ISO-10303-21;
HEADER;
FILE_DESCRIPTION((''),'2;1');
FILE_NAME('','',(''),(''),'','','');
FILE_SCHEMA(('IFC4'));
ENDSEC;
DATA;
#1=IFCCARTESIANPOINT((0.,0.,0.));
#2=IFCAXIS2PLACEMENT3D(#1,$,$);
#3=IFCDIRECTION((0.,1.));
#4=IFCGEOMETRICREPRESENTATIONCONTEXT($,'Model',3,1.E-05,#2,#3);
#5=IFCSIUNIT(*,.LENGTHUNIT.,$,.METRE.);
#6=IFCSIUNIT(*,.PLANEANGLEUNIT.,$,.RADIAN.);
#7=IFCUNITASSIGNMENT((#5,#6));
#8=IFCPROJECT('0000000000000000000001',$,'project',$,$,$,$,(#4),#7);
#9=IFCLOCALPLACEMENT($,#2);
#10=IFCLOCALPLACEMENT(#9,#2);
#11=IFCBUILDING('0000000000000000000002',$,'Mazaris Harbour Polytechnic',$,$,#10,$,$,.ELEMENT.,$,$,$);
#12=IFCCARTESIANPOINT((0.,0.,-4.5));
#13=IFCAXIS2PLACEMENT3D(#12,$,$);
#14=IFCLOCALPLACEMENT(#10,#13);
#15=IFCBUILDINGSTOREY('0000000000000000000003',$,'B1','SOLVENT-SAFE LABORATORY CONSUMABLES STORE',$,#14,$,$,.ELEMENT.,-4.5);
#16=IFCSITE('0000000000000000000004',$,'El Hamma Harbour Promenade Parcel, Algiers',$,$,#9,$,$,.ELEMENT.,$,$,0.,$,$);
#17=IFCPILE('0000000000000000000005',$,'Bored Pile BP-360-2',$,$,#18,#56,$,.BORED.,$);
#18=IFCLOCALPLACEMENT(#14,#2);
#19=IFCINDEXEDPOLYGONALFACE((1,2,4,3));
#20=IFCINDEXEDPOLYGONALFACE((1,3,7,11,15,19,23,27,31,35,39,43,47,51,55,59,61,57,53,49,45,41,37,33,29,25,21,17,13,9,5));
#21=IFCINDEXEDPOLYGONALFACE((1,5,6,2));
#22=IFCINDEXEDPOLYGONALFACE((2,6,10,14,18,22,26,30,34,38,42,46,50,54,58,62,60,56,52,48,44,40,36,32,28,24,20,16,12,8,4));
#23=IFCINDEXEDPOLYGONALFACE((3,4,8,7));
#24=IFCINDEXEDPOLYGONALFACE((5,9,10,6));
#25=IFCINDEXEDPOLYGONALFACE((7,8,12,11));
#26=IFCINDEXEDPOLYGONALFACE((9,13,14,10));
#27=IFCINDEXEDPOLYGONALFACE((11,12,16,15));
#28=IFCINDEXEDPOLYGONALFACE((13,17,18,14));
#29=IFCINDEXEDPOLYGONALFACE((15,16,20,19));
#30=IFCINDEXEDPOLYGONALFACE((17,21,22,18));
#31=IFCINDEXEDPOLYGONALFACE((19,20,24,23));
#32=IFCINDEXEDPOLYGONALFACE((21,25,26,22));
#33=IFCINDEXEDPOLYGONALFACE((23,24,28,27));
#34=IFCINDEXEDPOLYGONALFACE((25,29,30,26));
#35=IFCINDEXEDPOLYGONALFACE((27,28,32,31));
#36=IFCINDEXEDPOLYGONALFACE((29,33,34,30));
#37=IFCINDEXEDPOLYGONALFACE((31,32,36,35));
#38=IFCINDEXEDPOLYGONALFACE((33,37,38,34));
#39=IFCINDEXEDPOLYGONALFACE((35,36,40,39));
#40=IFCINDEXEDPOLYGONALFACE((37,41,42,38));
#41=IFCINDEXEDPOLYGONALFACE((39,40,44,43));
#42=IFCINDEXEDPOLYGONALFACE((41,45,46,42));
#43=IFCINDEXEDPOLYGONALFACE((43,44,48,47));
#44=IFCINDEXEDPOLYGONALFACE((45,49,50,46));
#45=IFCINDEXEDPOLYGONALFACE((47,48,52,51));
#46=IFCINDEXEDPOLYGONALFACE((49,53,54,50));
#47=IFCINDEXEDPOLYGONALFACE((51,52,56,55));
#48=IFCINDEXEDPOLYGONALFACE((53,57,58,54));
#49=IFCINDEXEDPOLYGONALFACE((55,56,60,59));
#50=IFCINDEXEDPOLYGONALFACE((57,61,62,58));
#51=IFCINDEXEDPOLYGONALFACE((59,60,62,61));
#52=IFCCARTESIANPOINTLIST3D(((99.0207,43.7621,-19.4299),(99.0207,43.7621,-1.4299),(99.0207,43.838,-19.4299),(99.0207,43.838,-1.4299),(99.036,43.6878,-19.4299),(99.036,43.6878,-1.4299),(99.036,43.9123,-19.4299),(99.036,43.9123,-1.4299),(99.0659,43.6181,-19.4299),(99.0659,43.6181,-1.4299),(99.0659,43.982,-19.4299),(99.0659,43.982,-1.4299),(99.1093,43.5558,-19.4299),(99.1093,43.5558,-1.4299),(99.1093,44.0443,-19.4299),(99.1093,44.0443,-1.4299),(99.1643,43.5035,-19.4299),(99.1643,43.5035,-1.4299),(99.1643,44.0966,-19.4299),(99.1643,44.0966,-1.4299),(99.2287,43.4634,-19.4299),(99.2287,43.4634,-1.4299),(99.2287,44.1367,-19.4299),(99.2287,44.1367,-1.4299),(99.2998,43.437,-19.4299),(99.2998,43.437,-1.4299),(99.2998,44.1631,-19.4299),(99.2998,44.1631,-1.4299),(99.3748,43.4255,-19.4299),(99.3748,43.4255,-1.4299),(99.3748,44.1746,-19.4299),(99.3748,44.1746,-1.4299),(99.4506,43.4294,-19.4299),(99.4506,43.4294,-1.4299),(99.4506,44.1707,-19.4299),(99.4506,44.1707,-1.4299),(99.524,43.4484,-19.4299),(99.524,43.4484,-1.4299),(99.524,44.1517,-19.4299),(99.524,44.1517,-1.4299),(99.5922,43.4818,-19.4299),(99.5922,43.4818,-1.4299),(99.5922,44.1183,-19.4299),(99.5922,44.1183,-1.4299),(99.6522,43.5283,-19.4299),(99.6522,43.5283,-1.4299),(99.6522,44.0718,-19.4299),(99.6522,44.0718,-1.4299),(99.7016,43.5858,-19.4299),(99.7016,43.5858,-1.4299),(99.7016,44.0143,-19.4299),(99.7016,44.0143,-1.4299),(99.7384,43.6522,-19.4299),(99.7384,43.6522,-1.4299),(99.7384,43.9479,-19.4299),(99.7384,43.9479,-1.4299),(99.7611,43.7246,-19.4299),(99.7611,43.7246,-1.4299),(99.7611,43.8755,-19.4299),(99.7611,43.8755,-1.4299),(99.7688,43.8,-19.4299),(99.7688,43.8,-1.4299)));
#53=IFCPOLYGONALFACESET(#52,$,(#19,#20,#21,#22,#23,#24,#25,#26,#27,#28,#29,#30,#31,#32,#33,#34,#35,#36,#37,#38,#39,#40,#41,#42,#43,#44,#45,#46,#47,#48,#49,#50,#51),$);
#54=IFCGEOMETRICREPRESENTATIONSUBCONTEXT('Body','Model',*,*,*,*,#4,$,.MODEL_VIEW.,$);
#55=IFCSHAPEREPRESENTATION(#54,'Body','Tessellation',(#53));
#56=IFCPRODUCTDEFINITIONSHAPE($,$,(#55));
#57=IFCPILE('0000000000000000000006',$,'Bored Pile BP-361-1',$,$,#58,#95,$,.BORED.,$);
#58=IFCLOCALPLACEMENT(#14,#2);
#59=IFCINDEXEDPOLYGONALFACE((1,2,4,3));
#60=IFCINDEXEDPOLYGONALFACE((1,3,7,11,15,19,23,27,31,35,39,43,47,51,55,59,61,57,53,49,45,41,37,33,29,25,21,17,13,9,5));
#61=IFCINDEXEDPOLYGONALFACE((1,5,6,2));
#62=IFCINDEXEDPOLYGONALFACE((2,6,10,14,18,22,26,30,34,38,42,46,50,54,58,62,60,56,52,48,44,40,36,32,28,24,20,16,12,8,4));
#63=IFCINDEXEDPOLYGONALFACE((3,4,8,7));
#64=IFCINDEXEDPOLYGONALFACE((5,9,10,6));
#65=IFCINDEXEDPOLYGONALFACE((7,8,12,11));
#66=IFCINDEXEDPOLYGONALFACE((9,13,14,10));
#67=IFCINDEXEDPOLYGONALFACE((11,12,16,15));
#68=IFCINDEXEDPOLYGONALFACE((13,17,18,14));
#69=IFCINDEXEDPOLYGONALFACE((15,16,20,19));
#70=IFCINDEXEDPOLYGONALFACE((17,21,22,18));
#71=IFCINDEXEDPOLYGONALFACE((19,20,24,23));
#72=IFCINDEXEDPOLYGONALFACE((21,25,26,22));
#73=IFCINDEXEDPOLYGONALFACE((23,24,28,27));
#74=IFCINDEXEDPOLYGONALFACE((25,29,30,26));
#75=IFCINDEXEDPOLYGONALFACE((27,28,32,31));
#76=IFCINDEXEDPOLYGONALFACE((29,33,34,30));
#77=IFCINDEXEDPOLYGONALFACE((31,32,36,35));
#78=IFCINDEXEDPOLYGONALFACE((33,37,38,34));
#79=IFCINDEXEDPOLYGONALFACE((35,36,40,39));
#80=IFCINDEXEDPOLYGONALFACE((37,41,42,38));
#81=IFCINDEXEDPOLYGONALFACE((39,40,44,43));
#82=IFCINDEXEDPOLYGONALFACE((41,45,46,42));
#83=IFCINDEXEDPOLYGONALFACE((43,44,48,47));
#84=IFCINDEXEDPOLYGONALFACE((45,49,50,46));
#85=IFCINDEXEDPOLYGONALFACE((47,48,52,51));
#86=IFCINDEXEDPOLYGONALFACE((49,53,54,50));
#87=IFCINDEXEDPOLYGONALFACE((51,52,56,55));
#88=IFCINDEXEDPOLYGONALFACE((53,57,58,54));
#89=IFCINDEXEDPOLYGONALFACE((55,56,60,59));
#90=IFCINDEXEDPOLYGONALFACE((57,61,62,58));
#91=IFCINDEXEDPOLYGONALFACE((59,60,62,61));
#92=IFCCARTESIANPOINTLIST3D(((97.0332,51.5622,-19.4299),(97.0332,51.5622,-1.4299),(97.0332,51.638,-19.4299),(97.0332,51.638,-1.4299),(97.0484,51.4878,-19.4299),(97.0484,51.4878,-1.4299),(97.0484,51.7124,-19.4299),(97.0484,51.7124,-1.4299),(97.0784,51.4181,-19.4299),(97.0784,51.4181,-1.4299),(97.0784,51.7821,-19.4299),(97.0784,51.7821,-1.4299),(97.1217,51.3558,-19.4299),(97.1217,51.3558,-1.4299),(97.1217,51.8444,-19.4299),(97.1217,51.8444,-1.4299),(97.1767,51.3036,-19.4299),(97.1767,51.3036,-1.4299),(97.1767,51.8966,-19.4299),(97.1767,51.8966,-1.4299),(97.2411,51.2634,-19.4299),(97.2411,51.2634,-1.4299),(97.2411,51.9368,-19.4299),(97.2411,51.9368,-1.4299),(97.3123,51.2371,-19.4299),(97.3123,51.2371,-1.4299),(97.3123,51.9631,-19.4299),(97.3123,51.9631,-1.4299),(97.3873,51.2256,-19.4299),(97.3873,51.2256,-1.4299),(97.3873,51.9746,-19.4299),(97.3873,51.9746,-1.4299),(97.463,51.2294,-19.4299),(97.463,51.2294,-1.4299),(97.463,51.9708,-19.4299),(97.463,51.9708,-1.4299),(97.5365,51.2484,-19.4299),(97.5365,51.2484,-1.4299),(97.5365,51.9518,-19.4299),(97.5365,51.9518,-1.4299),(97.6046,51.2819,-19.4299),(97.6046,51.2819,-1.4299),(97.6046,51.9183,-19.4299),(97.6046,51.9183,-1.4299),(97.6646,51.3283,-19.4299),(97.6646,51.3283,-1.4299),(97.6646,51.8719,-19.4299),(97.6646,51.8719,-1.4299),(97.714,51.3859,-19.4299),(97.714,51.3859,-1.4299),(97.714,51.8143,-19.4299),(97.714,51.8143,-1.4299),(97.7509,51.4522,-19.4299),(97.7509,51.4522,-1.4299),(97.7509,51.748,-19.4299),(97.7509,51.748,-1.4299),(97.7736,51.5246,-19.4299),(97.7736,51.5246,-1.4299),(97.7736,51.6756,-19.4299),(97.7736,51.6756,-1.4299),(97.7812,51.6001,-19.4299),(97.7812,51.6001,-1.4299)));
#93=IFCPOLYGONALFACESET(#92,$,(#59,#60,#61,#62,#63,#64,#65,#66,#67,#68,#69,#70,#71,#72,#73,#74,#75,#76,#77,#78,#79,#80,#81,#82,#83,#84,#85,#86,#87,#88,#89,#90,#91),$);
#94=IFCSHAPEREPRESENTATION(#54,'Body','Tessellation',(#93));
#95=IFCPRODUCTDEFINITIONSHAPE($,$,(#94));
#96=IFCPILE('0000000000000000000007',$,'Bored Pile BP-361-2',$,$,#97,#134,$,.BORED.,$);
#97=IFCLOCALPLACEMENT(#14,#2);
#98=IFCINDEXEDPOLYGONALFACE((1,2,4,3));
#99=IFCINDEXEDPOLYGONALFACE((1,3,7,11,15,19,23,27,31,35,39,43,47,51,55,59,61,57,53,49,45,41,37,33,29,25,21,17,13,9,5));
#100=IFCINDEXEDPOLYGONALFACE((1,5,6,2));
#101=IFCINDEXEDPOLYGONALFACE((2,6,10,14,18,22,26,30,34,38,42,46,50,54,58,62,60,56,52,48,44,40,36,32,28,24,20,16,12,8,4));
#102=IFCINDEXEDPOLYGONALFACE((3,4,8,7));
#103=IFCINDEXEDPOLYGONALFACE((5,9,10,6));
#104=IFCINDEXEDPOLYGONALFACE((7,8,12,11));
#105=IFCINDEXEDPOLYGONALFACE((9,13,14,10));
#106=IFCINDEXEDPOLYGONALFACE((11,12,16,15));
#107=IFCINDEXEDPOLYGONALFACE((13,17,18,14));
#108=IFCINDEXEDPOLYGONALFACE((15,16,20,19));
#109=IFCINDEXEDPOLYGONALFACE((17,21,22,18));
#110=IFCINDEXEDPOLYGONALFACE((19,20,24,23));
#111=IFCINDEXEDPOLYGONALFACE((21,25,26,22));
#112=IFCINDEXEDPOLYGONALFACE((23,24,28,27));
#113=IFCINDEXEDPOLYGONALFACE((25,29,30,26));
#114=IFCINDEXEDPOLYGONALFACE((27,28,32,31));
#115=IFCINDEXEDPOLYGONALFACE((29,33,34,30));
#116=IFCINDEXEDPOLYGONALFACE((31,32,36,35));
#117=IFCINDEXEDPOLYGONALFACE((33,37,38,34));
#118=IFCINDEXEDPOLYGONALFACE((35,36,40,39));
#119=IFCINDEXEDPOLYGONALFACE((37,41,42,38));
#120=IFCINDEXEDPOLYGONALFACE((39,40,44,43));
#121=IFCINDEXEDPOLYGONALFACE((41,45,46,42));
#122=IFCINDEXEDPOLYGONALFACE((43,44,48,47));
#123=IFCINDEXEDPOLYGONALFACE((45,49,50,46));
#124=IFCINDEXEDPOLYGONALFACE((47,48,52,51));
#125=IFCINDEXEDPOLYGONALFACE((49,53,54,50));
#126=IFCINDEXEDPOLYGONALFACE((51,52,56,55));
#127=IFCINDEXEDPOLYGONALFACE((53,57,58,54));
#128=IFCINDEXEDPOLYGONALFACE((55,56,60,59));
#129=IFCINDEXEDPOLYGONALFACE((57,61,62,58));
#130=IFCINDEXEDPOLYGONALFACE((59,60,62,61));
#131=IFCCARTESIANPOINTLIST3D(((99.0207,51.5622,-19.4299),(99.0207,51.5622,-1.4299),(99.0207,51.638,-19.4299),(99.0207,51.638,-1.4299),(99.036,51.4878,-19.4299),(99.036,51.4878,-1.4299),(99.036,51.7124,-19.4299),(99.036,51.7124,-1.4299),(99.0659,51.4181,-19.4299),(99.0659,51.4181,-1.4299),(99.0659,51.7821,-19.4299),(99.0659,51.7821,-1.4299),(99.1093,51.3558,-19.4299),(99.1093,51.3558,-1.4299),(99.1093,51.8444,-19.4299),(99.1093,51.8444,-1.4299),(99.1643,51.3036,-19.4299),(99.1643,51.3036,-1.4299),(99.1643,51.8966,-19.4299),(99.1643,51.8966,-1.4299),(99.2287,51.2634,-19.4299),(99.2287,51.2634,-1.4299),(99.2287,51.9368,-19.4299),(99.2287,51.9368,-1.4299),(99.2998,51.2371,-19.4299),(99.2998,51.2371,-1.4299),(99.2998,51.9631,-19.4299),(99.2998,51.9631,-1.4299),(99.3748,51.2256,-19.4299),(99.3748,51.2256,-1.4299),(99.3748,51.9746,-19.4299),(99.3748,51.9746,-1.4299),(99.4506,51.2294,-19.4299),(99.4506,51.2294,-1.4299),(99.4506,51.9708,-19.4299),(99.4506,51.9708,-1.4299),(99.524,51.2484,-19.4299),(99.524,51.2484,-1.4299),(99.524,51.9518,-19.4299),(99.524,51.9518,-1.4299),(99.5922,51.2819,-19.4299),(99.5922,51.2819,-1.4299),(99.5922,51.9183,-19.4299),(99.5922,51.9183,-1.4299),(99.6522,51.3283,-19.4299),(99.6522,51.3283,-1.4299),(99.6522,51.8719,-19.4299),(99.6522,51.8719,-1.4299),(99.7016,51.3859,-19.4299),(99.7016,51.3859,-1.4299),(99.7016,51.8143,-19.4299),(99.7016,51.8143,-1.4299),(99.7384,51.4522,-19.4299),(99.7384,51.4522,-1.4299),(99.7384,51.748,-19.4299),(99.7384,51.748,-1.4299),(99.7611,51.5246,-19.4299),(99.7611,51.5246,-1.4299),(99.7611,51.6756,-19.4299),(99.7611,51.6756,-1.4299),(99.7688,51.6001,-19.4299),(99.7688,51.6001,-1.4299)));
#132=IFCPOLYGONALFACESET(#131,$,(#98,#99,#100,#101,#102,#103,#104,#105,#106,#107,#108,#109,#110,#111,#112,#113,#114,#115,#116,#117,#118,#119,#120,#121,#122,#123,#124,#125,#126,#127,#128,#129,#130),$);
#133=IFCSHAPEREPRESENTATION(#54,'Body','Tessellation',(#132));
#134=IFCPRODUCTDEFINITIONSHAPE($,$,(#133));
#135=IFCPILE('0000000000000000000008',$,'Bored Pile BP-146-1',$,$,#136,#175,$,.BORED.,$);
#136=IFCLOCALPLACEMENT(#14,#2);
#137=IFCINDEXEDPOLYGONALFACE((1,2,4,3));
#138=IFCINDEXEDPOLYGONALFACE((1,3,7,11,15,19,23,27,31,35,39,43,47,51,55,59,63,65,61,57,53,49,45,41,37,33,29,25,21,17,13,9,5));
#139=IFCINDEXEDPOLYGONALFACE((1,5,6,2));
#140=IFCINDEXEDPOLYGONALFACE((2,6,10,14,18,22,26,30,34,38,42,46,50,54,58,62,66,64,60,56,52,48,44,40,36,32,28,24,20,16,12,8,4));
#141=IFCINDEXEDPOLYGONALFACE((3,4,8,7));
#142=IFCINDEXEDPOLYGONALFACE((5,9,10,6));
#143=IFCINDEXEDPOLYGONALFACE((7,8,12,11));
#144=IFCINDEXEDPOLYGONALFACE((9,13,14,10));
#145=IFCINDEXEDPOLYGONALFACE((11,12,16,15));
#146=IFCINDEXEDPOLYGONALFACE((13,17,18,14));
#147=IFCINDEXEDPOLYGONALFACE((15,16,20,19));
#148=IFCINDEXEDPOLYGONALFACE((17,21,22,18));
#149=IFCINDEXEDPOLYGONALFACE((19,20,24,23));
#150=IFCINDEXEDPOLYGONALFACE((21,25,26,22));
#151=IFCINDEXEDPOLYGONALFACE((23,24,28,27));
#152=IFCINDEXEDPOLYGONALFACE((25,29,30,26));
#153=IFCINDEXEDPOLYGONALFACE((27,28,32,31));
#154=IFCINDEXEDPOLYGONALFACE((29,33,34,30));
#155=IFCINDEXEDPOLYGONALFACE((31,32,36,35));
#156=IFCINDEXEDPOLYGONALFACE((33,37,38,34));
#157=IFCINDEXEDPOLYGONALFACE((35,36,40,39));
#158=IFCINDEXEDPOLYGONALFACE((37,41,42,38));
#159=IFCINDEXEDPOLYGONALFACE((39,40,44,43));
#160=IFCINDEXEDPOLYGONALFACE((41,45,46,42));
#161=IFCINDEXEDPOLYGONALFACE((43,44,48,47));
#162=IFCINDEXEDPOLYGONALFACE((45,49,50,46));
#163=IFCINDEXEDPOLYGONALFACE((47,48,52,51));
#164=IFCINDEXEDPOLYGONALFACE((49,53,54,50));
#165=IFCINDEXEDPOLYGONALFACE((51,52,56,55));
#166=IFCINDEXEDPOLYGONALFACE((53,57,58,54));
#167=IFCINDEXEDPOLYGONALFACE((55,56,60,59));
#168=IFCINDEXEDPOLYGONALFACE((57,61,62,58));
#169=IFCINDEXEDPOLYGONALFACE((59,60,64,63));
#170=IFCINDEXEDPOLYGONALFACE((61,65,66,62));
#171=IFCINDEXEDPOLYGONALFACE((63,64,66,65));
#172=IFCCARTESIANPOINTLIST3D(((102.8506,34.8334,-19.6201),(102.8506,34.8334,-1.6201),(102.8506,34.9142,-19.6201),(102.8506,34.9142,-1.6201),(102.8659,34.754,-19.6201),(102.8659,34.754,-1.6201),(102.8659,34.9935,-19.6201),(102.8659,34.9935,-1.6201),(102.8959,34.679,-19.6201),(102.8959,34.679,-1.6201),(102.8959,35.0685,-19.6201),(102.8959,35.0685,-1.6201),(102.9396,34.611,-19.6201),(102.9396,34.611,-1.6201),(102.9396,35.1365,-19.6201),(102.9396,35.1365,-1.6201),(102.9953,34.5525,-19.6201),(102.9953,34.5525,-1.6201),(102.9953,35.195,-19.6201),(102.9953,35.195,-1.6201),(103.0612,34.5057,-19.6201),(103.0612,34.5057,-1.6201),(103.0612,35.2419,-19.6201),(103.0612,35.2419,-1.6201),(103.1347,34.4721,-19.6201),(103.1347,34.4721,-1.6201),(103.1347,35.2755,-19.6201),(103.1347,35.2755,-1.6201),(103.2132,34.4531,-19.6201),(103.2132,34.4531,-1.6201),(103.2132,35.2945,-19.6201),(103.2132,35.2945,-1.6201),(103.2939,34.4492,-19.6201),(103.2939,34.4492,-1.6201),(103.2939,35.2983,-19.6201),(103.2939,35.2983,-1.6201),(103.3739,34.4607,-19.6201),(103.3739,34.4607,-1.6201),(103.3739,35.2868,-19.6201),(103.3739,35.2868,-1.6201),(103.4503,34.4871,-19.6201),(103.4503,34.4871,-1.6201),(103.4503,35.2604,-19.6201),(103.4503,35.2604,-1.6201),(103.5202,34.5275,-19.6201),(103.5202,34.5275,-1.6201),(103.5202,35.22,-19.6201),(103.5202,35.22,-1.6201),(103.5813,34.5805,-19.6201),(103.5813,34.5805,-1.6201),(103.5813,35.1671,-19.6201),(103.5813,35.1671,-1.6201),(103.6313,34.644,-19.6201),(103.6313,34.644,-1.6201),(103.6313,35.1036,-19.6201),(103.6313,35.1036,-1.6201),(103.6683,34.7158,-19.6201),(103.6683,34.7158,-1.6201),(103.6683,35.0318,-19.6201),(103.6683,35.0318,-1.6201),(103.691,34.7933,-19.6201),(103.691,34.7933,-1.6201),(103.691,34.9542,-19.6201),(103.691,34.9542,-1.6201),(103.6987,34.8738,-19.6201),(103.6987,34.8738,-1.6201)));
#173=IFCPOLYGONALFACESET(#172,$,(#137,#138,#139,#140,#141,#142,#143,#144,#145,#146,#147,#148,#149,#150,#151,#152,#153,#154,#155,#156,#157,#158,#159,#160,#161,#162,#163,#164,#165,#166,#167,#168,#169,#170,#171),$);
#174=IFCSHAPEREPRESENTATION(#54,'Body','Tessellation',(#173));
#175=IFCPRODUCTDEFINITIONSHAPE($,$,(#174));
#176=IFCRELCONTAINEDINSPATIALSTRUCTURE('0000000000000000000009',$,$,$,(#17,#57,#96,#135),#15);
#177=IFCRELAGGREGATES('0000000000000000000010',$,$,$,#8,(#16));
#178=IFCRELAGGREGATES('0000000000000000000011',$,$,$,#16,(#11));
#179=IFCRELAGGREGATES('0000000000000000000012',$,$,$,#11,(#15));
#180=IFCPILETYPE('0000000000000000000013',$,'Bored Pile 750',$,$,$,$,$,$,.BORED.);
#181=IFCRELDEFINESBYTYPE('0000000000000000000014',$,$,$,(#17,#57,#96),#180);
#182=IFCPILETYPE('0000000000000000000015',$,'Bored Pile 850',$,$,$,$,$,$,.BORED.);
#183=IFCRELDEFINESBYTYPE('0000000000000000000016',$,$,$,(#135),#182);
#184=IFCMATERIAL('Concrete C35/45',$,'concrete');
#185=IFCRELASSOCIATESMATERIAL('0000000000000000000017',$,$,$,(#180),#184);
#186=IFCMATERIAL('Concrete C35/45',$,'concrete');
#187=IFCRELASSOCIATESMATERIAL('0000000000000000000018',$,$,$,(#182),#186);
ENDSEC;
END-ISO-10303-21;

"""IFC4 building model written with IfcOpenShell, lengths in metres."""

from ifc_helpers import new_model, si_unit, direction, frame, origin, origin_2d, place, context, subcontext, project, spatial, circle, extrude, material, material_profile, profile_set, type_object, element, save


model = new_model("IFC4")

# Units and contexts
model_context = context("Model", 3, precision=1e-05, world=origin(), true_north=direction((0.0, 1.0)))
body_context = subcontext(model_context, "Body", "Model", "MODEL_VIEW")
ifc_project = project(units=[si_unit("LENGTHUNIT", "METRE"), si_unit("PLANEANGLEUNIT", "RADIAN")], contexts=[model_context])

# Site, building, storey
site_placement = place(None, origin())
site = spatial("IfcSite", under=ifc_project, at=site_placement, Name="El Hamma Harbour Promenade Parcel, Algiers", CompositionType="ELEMENT", RefElevation=0.0)
building_placement = place(site_placement, origin())
building = spatial("IfcBuilding", under=site, at=building_placement, Name="Mazaris Harbour Polytechnic", CompositionType="ELEMENT")
storey_placement = place(building_placement, frame((0.0, 0.0, -4.5)))
storey = spatial("IfcBuildingStorey", under=building, at=storey_placement, Name="B1", Description="SOLVENT-SAFE LABORATORY CONSUMABLES STORE", CompositionType="ELEMENT", Elevation=-4.5)

# Piles
ifc_material_1 = material(Name="Concrete C35/45", Category="concrete")
ifc_material_profile_1 = material_profile(ifc_material_1, circle(Radius=0.375, at=origin_2d()), Name="DIA750")
ifc_profile_set_1 = profile_set([ifc_material_profile_1], Name="Concrete C35/45")
pile_type_1 = type_object("IfcPileType", Name="Bored Pile 750", PredefinedType="BORED", material=ifc_profile_set_1)
for number, where, z_axis, x_axis, name in (
    (1, (99.3938, 43.8, -1.4299), (0.0, 0.0, -1.0), (1.0, 0.0, 0.0), "Bored Pile BP-360-2"),
    (2, (97.4062, 51.6001, -1.4299), (0.0, 0.0, -1.0), (1.0, 0.0, 0.0), "Bored Pile BP-361-1"),
    (3, (99.3938, 51.6001, -1.4299), (0.0, 0.0, -1.0), (1.0, 0.0, 0.0), "Bored Pile BP-361-2"),
):
    element("IfcPile", number, at=place(storey_placement, frame(where, z_axis=z_axis, x_axis=x_axis)), inside=storey, type_object=pile_type_1, Name=name, PredefinedType="BORED", context=body_context, shape_type="SweptSolid", body=[
        extrude(circle(Radius=0.375, at=origin_2d()), origin(), (0.0, 0.0, 1.0), 18.0),
    ])
ifc_material_2 = material(Name="Concrete C35/45", Category="concrete")
ifc_material_profile_2 = material_profile(ifc_material_2, circle(Radius=0.425, at=origin_2d()), Name="DIA850")
ifc_profile_set_2 = profile_set([ifc_material_profile_2], Name="Concrete C35/45")
pile_type_2 = type_object("IfcPileType", Name="Bored Pile 850", PredefinedType="BORED", material=ifc_profile_set_2)
for number, where, z_axis, x_axis, name in (
    (4, (103.2737, 34.8738, -1.6201), (0.0, 0.0, -1.0), (1.0, 0.0, 0.0), "Bored Pile BP-146-1"),
):
    element("IfcPile", number, at=place(storey_placement, frame(where, z_axis=z_axis, x_axis=x_axis)), inside=storey, type_object=pile_type_2, Name=name, PredefinedType="BORED", context=body_context, shape_type="SweptSolid", body=[
        extrude(circle(Radius=0.425, at=origin_2d()), origin(), (0.0, 0.0, 1.0), 18.0),
    ])

save(model, "model.ifc")
